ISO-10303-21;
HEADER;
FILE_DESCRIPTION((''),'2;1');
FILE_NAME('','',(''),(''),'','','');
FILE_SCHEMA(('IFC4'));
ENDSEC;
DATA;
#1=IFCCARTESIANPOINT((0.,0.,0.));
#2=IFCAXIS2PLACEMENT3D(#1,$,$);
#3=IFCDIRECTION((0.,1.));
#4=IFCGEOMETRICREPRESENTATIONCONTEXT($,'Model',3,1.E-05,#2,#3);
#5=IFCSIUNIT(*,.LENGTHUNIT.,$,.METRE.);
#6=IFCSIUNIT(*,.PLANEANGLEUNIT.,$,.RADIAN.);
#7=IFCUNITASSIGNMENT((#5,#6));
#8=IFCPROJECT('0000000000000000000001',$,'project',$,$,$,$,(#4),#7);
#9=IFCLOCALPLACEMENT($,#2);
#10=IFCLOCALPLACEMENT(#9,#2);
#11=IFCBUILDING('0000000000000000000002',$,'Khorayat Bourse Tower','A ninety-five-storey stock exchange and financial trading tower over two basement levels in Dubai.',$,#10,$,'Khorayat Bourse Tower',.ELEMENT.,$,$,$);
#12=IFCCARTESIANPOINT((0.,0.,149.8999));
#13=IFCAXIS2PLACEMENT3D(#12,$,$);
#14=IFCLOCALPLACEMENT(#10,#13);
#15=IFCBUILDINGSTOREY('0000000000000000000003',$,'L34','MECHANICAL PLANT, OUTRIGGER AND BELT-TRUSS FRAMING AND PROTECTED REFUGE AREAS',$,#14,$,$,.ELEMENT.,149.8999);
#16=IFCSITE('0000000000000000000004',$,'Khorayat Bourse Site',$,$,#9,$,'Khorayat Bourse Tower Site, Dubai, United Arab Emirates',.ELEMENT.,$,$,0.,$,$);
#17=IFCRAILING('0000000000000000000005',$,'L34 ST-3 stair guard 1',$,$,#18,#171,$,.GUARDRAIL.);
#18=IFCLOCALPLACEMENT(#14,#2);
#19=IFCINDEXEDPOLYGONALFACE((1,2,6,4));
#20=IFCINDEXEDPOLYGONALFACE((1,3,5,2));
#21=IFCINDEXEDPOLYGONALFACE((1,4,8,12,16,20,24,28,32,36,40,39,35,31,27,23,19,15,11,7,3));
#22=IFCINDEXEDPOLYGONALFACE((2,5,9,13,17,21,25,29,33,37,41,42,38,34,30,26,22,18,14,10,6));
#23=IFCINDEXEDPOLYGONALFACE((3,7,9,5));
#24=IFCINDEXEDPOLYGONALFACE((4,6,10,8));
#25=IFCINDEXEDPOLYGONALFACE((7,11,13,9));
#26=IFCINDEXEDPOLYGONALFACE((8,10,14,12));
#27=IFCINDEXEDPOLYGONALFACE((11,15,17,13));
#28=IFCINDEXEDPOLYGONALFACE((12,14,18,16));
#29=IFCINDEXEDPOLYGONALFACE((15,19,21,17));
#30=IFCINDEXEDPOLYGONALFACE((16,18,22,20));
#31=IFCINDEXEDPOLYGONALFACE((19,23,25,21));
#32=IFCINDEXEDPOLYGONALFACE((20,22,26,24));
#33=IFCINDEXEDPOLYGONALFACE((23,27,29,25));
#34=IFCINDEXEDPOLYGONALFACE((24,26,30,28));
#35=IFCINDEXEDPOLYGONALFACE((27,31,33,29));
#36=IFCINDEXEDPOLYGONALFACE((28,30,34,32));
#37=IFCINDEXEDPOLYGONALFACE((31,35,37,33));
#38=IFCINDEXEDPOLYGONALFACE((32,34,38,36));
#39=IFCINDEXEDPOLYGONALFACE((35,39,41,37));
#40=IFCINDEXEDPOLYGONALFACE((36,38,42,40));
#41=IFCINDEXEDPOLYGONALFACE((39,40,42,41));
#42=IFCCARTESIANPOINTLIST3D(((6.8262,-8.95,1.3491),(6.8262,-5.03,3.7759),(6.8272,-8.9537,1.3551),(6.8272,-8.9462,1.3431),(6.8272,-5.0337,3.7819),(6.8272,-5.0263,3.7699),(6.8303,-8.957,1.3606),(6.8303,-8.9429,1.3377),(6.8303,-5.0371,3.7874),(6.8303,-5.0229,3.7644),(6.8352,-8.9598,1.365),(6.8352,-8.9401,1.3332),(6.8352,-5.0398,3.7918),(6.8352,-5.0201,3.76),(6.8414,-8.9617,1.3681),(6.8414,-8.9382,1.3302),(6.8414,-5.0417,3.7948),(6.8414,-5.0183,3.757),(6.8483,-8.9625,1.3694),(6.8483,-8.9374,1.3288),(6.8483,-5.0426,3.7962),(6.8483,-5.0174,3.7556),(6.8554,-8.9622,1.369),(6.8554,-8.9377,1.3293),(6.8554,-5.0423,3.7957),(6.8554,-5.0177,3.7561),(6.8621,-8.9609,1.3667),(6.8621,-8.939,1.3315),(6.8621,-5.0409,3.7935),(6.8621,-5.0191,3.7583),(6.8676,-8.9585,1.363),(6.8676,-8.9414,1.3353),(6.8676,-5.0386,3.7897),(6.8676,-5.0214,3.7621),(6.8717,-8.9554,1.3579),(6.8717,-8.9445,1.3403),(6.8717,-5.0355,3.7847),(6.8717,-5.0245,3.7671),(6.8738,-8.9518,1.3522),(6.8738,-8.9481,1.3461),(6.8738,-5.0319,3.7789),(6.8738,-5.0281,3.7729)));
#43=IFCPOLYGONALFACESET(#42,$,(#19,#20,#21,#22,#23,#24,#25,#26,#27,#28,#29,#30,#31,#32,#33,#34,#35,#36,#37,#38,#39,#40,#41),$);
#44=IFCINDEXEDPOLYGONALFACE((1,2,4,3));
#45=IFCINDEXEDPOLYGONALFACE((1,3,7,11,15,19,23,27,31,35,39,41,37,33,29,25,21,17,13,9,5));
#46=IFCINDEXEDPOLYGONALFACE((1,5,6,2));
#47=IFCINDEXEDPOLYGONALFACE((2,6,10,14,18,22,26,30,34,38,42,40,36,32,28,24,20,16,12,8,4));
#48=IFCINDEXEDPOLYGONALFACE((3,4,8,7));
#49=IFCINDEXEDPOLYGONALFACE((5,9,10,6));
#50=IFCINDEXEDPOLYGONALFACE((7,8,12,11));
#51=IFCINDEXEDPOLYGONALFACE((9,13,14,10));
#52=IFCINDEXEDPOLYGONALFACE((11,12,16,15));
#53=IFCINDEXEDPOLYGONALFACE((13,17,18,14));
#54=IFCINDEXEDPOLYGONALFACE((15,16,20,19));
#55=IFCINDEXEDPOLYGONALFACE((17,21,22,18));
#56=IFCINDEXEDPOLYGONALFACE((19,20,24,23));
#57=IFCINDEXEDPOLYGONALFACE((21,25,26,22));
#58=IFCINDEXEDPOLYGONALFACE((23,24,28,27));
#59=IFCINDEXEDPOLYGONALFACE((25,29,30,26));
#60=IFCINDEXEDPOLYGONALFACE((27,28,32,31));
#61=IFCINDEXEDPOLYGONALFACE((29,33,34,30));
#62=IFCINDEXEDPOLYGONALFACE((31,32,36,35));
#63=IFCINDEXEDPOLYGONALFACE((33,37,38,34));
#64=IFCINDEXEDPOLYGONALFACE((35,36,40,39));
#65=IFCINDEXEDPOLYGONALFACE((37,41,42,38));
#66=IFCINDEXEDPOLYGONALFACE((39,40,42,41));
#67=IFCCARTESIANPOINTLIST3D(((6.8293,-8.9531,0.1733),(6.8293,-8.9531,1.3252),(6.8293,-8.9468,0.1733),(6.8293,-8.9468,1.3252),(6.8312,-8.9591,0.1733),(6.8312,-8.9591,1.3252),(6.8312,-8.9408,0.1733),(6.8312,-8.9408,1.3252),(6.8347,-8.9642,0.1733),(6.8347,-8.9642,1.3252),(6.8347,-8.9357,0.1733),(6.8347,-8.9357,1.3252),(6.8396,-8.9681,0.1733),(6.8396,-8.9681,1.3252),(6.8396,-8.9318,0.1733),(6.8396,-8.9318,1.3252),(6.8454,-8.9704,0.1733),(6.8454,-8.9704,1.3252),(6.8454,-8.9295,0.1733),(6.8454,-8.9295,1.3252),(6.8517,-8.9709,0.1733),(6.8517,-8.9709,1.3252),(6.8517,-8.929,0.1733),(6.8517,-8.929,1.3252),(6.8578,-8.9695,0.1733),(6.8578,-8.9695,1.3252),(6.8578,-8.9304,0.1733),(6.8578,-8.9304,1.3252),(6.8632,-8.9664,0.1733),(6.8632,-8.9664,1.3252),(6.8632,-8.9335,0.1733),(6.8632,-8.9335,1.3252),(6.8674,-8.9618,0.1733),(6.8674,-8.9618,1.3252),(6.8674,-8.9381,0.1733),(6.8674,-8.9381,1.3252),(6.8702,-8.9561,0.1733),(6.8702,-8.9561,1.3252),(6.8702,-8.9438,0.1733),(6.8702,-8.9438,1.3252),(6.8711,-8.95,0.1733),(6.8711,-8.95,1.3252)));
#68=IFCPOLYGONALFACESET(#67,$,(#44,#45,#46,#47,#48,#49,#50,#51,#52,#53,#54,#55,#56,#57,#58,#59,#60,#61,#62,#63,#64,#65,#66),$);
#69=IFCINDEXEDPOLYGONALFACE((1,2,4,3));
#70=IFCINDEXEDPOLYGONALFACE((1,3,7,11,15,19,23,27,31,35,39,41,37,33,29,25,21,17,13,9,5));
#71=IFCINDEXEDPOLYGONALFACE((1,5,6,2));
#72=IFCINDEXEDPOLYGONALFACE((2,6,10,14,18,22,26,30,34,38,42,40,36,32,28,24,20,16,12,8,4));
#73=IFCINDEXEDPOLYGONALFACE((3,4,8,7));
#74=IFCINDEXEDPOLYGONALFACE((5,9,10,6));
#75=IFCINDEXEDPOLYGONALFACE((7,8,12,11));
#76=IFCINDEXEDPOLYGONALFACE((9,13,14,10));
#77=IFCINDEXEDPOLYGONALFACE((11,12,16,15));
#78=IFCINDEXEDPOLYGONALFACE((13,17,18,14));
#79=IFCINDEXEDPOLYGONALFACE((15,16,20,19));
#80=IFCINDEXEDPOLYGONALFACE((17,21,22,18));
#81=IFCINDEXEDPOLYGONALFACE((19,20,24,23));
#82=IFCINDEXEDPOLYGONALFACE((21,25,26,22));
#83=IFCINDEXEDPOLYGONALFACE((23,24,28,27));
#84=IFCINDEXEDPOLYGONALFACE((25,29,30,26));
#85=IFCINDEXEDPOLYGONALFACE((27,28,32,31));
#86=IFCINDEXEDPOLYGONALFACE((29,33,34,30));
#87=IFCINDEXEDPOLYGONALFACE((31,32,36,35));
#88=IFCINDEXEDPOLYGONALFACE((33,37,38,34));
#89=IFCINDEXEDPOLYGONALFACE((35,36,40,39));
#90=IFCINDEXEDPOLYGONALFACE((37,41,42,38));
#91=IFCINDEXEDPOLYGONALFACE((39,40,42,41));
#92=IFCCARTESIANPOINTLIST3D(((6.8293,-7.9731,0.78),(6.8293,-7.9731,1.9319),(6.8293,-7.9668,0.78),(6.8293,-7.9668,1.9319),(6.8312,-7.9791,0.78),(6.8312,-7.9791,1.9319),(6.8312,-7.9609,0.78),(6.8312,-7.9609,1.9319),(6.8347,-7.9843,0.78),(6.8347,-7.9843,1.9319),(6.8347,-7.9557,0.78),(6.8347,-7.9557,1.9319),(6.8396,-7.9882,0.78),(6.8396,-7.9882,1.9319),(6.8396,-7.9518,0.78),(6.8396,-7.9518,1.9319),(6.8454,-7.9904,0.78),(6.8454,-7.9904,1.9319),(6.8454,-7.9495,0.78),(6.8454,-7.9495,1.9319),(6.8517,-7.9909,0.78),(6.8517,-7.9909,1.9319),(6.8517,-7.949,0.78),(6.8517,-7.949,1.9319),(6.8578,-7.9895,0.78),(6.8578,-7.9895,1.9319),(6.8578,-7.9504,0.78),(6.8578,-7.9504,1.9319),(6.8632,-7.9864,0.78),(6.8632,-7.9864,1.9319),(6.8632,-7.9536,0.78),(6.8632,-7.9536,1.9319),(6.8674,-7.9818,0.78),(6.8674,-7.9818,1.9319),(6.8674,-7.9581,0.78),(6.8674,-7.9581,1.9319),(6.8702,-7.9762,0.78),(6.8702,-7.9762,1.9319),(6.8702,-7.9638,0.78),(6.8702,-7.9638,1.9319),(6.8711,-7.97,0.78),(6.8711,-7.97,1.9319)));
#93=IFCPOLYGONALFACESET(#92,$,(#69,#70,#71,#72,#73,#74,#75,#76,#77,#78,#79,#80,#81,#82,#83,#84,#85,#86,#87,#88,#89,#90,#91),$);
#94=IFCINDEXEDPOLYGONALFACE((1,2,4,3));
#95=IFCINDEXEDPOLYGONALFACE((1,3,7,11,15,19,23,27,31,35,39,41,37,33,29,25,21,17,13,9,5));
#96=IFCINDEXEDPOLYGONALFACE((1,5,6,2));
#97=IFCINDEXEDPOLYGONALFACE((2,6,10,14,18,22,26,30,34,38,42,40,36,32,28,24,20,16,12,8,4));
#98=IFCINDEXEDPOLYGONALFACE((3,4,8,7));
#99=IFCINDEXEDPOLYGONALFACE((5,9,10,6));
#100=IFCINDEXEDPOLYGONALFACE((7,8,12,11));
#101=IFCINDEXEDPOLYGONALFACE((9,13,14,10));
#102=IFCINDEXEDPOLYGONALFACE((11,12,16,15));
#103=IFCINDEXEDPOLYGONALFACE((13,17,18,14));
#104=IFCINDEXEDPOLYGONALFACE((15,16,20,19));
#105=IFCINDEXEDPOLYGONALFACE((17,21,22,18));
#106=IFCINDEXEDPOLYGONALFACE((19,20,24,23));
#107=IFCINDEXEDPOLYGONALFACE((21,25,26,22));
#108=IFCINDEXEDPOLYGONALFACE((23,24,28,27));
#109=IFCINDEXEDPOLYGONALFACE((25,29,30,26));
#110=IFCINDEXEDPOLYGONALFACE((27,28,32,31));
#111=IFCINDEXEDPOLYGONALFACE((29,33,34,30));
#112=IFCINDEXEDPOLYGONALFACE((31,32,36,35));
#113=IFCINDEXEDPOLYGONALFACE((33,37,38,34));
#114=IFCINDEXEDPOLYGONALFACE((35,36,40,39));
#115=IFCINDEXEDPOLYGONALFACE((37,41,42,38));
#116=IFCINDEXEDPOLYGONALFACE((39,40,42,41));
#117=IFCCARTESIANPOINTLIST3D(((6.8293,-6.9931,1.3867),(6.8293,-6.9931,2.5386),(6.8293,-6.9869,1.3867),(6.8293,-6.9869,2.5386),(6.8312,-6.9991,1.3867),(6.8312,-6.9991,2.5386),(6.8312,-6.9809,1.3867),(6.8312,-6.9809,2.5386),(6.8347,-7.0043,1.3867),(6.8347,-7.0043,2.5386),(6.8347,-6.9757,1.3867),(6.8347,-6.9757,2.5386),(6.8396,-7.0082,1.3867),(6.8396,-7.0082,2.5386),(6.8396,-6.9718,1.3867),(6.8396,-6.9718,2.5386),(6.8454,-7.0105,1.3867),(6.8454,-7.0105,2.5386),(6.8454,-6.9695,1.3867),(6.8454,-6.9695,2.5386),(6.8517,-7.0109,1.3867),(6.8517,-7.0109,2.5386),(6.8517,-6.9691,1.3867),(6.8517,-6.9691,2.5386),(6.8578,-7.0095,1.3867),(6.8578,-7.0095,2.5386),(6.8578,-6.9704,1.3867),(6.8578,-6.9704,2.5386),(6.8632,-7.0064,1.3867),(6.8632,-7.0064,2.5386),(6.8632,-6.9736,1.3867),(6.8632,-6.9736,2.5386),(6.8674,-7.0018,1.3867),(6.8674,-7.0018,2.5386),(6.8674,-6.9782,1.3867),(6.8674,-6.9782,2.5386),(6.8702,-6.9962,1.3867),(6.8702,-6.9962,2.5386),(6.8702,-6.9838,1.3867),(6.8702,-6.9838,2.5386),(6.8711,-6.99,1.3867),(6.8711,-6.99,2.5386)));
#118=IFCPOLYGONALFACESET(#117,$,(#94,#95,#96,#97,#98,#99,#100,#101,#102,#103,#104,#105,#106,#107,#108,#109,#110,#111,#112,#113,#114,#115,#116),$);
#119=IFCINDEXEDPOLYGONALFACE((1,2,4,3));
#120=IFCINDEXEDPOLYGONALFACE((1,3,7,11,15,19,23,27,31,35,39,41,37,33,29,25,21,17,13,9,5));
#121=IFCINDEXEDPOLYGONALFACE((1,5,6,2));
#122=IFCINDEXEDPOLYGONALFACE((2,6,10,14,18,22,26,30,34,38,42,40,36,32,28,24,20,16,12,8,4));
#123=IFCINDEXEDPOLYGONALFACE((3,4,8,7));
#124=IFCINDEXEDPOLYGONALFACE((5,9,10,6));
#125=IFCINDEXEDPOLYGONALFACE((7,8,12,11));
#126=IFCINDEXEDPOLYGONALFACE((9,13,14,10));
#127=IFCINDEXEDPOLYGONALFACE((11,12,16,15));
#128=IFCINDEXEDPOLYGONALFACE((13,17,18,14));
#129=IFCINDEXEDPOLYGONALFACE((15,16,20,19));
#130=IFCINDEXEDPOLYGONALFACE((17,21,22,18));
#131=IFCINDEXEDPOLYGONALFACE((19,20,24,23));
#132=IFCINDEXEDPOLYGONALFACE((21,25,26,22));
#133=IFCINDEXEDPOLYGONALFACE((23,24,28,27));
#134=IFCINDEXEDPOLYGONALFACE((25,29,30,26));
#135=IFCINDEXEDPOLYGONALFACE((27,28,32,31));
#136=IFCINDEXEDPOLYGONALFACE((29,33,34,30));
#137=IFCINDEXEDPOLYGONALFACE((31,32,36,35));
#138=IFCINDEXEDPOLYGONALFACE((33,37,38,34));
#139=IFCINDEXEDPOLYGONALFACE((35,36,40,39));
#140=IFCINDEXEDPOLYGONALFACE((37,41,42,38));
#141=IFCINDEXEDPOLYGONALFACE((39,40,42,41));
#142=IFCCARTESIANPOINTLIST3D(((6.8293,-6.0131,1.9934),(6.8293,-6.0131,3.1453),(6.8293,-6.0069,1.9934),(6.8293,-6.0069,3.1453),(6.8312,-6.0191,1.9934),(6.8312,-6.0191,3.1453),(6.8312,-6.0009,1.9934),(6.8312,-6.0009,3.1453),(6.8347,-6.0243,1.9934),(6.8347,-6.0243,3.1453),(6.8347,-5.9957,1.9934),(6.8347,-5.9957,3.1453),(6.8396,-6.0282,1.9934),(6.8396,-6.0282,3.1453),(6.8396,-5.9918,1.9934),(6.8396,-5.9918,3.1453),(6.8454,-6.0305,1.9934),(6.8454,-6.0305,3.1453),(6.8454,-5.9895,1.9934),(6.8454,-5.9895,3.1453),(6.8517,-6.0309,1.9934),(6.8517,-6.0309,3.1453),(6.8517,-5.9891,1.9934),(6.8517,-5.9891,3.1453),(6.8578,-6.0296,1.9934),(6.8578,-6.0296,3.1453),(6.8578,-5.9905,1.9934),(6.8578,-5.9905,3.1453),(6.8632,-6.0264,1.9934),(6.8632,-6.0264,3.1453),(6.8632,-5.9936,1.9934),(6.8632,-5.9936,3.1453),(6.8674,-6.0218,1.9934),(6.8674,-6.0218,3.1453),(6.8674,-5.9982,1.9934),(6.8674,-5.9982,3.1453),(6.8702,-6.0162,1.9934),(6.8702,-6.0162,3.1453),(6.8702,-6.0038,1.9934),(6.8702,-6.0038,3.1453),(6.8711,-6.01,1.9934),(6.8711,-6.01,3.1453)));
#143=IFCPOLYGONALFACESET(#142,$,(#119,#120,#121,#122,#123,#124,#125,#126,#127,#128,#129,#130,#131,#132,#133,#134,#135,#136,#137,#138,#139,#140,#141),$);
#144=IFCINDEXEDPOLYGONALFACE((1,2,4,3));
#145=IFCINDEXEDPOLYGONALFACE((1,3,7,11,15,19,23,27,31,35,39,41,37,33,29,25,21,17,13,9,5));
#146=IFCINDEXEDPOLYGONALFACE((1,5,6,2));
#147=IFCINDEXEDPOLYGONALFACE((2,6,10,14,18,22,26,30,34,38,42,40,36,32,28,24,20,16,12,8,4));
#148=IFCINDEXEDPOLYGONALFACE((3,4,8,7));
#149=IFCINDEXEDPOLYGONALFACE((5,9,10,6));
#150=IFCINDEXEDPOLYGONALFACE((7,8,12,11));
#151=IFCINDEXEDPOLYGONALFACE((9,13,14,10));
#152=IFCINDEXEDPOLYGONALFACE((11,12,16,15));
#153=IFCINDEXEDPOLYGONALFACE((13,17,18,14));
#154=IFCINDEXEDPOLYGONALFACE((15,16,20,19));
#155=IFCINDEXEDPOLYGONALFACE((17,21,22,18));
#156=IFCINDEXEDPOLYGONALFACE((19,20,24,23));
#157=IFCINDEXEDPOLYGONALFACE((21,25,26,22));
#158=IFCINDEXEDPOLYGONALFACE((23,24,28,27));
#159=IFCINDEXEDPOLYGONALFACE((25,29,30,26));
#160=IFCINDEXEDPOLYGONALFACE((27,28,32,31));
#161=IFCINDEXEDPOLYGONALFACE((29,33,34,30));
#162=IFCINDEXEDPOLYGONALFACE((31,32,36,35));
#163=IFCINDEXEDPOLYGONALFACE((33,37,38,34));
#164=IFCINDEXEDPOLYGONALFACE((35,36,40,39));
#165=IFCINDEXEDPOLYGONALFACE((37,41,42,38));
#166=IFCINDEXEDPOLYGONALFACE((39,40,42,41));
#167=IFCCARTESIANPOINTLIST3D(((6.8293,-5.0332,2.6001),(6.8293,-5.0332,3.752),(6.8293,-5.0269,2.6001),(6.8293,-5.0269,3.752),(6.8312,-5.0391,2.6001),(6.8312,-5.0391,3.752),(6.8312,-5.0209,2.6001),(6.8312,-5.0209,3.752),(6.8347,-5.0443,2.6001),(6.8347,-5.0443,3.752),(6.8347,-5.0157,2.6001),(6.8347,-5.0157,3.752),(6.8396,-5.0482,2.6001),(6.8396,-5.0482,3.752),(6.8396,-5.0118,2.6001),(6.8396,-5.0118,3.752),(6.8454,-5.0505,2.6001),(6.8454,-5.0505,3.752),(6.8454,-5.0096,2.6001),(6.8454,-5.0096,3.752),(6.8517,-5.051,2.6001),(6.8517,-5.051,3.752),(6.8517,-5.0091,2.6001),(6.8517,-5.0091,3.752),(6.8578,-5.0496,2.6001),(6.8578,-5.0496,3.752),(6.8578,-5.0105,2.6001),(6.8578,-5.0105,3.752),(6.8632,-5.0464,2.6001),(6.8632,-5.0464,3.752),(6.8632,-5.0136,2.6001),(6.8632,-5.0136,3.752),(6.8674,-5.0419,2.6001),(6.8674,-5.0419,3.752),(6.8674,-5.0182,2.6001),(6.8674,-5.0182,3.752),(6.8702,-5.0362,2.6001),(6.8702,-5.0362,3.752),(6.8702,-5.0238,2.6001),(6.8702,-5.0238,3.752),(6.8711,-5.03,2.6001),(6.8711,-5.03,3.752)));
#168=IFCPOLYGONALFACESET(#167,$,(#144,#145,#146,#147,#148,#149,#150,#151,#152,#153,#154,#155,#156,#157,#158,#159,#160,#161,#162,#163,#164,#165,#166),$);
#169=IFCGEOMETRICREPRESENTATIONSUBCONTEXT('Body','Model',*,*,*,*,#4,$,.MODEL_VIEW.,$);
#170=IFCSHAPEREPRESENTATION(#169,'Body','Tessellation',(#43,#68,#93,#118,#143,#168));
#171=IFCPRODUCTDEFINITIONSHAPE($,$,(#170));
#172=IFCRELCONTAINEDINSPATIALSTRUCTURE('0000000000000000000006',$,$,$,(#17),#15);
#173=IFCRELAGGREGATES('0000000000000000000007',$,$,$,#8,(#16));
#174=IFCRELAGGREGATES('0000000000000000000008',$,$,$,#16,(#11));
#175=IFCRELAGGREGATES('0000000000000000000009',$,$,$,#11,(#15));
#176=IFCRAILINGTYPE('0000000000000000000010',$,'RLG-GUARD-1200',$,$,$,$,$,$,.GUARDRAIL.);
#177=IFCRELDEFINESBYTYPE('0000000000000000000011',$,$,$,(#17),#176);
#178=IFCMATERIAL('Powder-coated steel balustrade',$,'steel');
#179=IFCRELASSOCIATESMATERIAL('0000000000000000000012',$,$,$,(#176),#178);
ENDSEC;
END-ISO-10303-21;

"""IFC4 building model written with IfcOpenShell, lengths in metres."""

from ifc_helpers import new_model, si_unit, direction, frame, origin, origin_2d, place, context, subcontext, project, spatial, circle, extrude, source, transform, mapped, material, type_object, element, save


model = new_model("IFC4")

# Units and contexts
model_context = context("Model", 3, precision=1e-05, world=origin(), true_north=direction((0.0, 1.0)))
body_context = subcontext(model_context, "Body", "Model", "MODEL_VIEW")
ifc_project = project(units=[si_unit("LENGTHUNIT", "METRE"), si_unit("PLANEANGLEUNIT", "RADIAN")], contexts=[model_context])

# Site, building, storey
site_placement = place(None, origin())
site = spatial("IfcSite", under=ifc_project, at=site_placement, Name="Khorayat Bourse Site", LongName="Khorayat Bourse Tower Site, Dubai, United Arab Emirates", CompositionType="ELEMENT", RefElevation=0.0)
building_placement = place(site_placement, origin())
building = spatial("IfcBuilding", under=site, at=building_placement, Name="Khorayat Bourse Tower", Description="A ninety-five-storey stock exchange and financial trading tower over two basement levels in Dubai.", LongName="Khorayat Bourse Tower", CompositionType="ELEMENT")
storey_placement = place(building_placement, frame((0.0, 0.0, 149.8999)))
storey = spatial("IfcBuildingStorey", under=building, at=storey_placement, Name="L34", Description="MECHANICAL PLANT, OUTRIGGER AND BELT-TRUSS FRAMING AND PROTECTED REFUGE AREAS", CompositionType="ELEMENT", Elevation=149.8999)

# Railing
ifc_material_1 = material(Name="Powder-coated steel balustrade", Category="steel")
railing_type_1 = type_object("IfcRailingType", Name="RLG-GUARD-1200", PredefinedType="GUARDRAIL", material=ifc_material_1)
shared_shape_1 = source(origin(), body_context, "Body", "SweptSolid", [
    extrude(circle(Radius=0.0239, at=origin_2d()), frame((0.0, 0.0, 1.1758), z_axis=(0.0, 0.850252, 0.526376), x_axis=(-1.0, 0.0, 0.0)), (0.0, 0.0, 1.0), 4.6104),
    extrude(circle(Radius=0.021, at=origin_2d()), origin(), (0.0, 0.0, 1.0), 1.1519),
    extrude(circle(Radius=0.021, at=origin_2d()), frame((0.0, 0.98, 0.6067)), (0.0, 0.0, 1.0), 1.1519),
    extrude(circle(Radius=0.021, at=origin_2d()), frame((0.0, 1.96, 1.2134)), (0.0, 0.0, 1.0), 1.1519),
    extrude(circle(Radius=0.021, at=origin_2d()), frame((0.0, 2.9399, 1.8201)), (0.0, 0.0, 1.0), 1.1519),
    extrude(circle(Radius=0.021, at=origin_2d()), frame((0.0, 3.9199, 2.4268)), (0.0, 0.0, 1.0), 1.1519),
])
railing_1_placement = place(storey_placement, frame((6.8501, -8.95, 0.1733)))
element("IfcRailing", 1, at=railing_1_placement, inside=storey, type_object=railing_type_1, Name="L34 ST-3 stair guard 1", PredefinedType="GUARDRAIL", context=body_context, shape_type="MappedRepresentation", body=[
    mapped(shared_shape_1, transform((0.0, 0.0, 0.0), scale=1.0)),
])

save(model, "model.ifc")
